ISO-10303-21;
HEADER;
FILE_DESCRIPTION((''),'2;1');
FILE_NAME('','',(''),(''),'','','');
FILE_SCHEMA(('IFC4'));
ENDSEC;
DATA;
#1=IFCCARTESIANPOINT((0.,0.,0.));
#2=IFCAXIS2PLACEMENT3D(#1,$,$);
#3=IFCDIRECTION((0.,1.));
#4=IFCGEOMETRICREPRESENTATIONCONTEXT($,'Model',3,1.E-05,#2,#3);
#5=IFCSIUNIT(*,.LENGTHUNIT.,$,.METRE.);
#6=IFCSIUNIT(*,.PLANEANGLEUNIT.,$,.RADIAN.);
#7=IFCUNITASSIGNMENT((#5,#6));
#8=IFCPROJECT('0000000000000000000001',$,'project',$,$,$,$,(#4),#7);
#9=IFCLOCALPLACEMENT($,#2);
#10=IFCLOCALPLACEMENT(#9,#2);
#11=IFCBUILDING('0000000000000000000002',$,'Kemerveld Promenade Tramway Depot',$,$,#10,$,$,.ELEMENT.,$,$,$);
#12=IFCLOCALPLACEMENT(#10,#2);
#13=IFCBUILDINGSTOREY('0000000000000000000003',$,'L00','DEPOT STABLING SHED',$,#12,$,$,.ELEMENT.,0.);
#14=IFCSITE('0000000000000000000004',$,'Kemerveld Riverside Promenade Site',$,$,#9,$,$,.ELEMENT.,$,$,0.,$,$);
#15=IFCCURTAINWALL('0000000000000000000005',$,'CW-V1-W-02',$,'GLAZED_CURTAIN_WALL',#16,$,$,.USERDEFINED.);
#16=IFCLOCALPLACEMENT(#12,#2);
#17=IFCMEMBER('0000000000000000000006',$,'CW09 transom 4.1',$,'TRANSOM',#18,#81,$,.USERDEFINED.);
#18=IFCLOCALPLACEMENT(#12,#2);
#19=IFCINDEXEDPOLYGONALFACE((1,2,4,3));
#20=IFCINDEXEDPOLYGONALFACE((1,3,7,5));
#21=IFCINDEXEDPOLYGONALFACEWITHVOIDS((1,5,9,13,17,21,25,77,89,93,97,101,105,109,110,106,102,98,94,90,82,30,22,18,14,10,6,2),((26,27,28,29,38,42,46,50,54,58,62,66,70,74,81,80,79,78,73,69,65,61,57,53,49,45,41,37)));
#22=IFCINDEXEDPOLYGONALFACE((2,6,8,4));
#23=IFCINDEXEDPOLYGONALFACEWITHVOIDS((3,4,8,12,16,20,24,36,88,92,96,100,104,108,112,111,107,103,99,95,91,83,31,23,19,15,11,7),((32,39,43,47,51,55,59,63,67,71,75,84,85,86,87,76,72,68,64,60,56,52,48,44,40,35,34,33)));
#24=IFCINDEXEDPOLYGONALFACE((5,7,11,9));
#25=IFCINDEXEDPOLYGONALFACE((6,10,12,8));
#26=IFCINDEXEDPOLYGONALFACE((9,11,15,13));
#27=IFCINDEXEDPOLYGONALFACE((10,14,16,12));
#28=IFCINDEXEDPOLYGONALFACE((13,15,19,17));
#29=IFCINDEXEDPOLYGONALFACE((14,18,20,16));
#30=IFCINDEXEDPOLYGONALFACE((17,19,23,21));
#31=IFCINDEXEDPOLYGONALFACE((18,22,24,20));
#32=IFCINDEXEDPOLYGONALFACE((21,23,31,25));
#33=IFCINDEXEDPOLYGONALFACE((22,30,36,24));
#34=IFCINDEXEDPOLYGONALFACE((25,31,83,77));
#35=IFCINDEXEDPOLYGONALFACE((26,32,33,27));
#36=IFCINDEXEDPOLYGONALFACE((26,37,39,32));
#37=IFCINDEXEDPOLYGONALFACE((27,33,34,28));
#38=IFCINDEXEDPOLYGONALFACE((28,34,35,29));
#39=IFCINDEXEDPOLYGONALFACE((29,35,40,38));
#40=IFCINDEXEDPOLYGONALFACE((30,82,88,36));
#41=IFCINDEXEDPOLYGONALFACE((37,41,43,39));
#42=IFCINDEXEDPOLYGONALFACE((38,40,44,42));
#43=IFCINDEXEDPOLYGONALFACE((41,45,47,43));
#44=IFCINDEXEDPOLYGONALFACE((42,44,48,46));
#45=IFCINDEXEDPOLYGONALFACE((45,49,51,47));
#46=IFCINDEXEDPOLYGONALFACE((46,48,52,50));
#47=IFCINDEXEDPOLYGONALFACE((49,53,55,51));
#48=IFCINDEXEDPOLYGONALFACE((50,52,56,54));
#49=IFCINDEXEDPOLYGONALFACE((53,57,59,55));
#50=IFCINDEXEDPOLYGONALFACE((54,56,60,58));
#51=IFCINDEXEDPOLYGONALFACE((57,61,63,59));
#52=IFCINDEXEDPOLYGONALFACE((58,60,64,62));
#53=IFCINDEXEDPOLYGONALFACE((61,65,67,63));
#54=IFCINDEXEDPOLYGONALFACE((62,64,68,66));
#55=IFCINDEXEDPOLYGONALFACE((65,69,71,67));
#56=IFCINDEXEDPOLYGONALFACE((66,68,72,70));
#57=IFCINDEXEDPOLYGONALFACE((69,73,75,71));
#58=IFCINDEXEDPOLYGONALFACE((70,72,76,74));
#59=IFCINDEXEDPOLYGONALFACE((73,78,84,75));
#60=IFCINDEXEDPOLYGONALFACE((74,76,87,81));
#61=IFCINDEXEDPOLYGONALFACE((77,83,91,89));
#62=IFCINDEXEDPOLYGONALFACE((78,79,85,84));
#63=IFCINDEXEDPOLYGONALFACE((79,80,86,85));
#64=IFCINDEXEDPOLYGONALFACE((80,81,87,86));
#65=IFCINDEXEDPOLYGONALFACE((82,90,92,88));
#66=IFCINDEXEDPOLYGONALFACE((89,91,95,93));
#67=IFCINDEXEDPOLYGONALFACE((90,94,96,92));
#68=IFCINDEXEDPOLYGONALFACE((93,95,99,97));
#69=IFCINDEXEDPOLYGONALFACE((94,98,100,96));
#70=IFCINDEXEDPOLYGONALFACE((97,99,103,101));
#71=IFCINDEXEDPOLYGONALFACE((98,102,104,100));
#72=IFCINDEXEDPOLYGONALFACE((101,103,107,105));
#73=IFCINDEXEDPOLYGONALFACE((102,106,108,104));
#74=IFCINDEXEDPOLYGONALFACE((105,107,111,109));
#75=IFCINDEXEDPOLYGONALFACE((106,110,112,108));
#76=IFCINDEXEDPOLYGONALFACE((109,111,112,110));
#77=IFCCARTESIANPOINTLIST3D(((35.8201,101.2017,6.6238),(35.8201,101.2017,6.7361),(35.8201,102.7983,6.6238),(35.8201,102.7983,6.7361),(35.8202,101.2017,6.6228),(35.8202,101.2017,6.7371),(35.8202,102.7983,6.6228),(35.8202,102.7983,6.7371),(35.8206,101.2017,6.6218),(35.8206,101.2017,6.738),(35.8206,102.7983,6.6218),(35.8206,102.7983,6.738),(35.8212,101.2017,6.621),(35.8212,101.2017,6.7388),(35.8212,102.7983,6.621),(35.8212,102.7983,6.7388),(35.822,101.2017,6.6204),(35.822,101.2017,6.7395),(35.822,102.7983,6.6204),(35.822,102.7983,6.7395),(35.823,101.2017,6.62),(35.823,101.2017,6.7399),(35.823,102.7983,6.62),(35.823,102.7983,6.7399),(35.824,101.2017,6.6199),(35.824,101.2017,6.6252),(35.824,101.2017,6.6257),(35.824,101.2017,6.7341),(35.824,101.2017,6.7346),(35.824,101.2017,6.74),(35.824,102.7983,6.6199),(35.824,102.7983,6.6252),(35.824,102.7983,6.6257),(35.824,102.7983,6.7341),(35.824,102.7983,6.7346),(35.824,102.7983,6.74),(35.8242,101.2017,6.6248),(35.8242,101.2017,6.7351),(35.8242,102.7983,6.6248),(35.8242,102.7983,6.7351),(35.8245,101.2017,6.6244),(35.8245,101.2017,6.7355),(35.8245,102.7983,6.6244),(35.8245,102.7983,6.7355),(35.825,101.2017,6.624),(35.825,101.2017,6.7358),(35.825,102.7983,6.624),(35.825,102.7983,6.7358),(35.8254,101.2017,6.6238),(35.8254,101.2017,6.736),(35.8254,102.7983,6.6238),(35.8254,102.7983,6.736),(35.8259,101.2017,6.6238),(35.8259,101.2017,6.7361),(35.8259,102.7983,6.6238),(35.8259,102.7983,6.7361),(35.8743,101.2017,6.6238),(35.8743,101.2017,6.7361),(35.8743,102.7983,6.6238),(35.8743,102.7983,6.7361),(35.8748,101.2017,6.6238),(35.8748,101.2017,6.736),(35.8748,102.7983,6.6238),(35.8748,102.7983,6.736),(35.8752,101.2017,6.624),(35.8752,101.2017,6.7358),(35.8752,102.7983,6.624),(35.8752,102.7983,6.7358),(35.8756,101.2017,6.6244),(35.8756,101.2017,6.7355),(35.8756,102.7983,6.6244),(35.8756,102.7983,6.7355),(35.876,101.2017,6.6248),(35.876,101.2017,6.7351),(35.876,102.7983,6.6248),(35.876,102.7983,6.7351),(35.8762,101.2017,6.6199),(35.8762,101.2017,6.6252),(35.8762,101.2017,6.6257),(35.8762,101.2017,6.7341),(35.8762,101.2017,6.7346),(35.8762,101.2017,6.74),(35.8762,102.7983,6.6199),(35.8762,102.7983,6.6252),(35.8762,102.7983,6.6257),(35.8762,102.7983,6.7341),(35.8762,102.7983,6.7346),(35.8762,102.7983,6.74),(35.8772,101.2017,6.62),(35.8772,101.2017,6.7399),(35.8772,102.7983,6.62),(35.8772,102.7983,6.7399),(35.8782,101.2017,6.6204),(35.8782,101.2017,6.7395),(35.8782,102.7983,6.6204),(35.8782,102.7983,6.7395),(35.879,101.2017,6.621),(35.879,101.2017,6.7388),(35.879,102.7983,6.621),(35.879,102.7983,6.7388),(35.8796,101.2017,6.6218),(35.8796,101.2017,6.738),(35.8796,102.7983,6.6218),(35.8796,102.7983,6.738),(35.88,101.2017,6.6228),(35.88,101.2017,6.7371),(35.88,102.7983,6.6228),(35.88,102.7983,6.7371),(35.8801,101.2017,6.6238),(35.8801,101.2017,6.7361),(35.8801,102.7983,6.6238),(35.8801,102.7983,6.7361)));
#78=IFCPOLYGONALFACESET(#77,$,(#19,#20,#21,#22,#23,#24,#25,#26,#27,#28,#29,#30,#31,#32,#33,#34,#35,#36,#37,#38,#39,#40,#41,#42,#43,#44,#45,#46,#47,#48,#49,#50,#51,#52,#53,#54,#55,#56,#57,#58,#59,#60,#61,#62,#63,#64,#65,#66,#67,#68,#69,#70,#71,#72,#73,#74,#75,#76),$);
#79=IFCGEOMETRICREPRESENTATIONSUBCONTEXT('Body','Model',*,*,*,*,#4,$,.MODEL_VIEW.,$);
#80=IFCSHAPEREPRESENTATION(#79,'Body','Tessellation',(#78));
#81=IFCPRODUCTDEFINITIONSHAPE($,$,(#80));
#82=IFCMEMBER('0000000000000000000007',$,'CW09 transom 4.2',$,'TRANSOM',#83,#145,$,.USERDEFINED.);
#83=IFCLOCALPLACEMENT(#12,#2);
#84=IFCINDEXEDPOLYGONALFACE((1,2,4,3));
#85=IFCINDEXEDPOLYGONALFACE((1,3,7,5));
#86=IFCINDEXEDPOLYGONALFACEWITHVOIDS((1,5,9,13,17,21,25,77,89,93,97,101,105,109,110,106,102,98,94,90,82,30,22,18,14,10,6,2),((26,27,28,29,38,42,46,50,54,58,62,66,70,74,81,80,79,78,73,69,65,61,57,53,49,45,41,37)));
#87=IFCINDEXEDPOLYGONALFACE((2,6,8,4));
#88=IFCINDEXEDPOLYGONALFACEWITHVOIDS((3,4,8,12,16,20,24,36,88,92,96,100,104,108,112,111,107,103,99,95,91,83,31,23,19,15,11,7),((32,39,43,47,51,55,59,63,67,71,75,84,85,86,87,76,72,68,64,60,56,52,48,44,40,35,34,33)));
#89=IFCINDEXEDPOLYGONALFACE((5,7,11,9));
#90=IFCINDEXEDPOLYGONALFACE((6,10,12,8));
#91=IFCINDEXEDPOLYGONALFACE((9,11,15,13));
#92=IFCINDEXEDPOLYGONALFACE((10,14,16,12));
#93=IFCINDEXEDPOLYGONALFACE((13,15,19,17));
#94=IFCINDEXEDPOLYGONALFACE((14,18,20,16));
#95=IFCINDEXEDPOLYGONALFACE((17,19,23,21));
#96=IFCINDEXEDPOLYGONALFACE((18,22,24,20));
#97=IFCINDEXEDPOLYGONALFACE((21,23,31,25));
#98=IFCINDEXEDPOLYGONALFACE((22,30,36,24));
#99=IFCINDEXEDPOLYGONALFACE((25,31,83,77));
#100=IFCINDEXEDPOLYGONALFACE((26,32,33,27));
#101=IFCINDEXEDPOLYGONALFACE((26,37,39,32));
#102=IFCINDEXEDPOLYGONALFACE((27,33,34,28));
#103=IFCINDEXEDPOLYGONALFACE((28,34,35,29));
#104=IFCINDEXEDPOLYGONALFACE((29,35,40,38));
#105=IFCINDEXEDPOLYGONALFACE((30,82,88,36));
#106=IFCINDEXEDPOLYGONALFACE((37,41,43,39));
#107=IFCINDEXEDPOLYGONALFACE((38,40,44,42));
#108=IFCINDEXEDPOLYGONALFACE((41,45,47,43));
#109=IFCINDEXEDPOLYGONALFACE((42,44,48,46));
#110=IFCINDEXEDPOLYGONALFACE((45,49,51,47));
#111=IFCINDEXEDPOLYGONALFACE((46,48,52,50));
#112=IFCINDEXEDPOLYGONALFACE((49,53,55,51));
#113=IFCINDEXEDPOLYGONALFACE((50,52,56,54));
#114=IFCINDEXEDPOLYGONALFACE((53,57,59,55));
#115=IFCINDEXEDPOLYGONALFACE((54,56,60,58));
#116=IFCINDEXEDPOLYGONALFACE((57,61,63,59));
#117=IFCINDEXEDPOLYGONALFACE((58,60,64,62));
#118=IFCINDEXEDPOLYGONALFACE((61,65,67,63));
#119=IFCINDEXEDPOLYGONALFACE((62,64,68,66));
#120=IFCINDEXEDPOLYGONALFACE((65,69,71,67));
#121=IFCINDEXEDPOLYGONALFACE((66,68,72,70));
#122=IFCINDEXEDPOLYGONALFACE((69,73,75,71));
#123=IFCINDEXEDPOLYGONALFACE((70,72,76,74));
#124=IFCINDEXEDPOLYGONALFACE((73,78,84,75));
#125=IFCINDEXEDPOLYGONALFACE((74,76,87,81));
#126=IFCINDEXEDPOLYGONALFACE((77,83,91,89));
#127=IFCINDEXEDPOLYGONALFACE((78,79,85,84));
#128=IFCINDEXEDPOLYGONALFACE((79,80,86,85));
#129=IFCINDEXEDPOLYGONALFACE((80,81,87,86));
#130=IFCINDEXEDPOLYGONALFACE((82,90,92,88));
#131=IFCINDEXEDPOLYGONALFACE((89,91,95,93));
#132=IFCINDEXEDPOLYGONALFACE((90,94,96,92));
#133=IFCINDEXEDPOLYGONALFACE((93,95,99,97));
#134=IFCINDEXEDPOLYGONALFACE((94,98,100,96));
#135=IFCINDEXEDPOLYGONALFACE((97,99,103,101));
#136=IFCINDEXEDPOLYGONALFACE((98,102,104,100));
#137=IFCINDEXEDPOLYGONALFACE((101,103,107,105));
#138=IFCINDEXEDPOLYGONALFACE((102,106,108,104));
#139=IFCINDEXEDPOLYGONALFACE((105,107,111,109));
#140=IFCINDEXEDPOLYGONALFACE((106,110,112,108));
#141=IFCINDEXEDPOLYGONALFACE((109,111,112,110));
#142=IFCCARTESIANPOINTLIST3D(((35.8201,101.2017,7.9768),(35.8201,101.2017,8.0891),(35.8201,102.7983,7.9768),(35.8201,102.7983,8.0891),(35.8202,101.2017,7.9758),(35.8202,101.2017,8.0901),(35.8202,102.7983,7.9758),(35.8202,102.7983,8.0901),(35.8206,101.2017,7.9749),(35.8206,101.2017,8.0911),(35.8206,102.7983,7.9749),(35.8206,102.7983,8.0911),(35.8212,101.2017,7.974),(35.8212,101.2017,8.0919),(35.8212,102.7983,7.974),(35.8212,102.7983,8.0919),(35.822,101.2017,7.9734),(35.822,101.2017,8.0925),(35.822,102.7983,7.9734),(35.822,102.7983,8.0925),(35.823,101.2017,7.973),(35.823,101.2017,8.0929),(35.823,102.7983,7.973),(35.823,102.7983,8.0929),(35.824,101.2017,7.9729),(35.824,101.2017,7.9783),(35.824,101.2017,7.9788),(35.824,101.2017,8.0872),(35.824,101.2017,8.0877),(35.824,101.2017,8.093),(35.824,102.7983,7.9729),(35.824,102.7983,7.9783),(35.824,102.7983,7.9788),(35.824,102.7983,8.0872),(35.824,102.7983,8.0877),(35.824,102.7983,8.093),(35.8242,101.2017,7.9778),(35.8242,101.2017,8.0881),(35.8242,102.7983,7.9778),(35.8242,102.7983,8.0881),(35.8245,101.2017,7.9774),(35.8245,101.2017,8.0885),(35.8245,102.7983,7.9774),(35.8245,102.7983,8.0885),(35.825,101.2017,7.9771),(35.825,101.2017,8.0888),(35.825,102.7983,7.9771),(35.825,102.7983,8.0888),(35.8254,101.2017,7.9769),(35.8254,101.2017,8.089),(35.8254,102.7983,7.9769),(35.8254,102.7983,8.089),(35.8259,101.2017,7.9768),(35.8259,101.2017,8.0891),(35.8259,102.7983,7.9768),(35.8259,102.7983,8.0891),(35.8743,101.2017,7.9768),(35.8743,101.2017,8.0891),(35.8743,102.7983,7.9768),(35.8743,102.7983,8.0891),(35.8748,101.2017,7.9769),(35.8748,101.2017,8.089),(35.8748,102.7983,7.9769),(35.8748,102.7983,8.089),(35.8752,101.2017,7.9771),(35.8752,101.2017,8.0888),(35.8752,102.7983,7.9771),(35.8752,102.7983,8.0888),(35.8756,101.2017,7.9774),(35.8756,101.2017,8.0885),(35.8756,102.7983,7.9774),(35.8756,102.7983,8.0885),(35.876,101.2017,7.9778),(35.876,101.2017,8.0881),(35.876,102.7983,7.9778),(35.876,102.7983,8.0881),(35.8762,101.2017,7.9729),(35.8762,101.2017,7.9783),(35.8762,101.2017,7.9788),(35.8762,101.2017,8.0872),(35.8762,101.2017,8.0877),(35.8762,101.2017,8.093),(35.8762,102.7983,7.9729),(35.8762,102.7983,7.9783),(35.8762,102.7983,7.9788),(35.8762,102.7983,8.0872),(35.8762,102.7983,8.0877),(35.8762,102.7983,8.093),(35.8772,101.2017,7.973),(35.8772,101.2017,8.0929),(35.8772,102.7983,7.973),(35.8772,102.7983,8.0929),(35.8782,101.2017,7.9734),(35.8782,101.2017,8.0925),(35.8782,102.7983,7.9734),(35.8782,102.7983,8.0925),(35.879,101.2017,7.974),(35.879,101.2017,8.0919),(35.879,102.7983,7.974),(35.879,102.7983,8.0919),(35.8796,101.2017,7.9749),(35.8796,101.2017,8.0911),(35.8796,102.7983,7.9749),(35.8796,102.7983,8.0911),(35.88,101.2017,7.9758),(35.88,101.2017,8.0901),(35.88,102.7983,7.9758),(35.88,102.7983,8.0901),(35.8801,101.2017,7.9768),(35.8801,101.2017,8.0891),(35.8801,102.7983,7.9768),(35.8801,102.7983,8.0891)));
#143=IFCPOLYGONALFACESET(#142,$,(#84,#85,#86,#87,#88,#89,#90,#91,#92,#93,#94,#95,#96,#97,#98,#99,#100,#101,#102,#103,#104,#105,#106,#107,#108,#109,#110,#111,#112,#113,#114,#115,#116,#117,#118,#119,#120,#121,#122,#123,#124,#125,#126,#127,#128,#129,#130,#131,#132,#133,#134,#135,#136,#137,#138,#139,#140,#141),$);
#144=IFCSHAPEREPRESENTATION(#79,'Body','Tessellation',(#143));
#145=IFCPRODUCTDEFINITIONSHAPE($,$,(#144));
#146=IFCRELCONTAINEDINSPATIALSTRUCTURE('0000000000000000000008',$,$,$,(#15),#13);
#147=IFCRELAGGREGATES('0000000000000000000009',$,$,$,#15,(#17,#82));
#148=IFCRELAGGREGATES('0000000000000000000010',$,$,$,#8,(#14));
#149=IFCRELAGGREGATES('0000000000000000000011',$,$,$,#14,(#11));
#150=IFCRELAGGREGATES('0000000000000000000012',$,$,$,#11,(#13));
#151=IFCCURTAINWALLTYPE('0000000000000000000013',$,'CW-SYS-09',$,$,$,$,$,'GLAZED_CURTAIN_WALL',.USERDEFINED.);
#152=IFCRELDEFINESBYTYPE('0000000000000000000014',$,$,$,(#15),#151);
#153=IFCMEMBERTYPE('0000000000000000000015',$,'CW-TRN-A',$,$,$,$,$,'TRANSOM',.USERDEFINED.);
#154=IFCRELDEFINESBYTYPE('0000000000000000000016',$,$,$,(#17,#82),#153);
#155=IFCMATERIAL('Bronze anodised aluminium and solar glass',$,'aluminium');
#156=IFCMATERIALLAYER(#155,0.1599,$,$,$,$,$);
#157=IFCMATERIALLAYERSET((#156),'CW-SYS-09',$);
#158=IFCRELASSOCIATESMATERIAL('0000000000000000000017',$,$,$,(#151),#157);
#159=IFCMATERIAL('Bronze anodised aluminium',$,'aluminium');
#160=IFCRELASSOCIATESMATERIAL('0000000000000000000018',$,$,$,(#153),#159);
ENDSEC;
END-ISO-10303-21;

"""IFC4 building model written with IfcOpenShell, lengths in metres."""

from ifc_helpers import new_model, si_unit, direction, frame, origin, origin_2d, place, context, subcontext, project, spatial, hollow_rectangle, extrude, material, layer, layer_set, material_profile, profile_set, type_object, element, aggregate, save


model = new_model("IFC4")

# Units and contexts
model_context = context("Model", 3, precision=1e-05, world=origin(), true_north=direction((0.0, 1.0)))
body_context = subcontext(model_context, "Body", "Model", "MODEL_VIEW")
ifc_project = project(units=[si_unit("LENGTHUNIT", "METRE"), si_unit("PLANEANGLEUNIT", "RADIAN")], contexts=[model_context])

# Site, building, storey
site_placement = place(None, origin())
site = spatial("IfcSite", under=ifc_project, at=site_placement, Name="Kemerveld Riverside Promenade Site", CompositionType="ELEMENT", RefElevation=0.0)
building_placement = place(site_placement, origin())
building = spatial("IfcBuilding", under=site, at=building_placement, Name="Kemerveld Promenade Tramway Depot", CompositionType="ELEMENT")
storey_placement = place(building_placement, origin())
storey = spatial("IfcBuildingStorey", under=building, at=storey_placement, Name="L00", Description="DEPOT STABLING SHED", CompositionType="ELEMENT", Elevation=0.0)

# Curtain wall
ifc_material_1 = material(Name="Bronze anodised aluminium and solar glass", Category="aluminium")
ifc_layer_1 = layer(ifc_material_1, 0.1599)
ifc_layer_set_1 = layer_set([ifc_layer_1], Name="CW-SYS-09")
curtain_wall_type_1 = type_object("IfcCurtainWallType", Name="CW-SYS-09", ElementType="GLAZED_CURTAIN_WALL", PredefinedType="USERDEFINED", material=ifc_layer_set_1)
curtain_wall_1_placement = place(storey_placement, origin())
curtain_wall_1 = element("IfcCurtainWall", 1, at=curtain_wall_1_placement, inside=storey, type_object=curtain_wall_type_1, Name="CW-V1-W-02", ObjectType="GLAZED_CURTAIN_WALL", PredefinedType="USERDEFINED")
ifc_material_2 = material(Name="Bronze anodised aluminium", Category="aluminium")

# Members
ifc_material_profile_1 = material_profile(ifc_material_2, hollow_rectangle(XDim=0.0601, YDim=0.1201, WallThickness=0.0039, InnerFilletRadius=0.002, OuterFilletRadius=0.0039, at=origin_2d()), Name="CW-TRN-120x60")
ifc_profile_set_1 = profile_set([ifc_material_profile_1], Name="Bronze anodised aluminium")
member_type_1 = type_object("IfcMemberType", Name="CW-TRN-A", ElementType="TRANSOM", PredefinedType="USERDEFINED", material=ifc_profile_set_1)
member_1_placement = place(storey_placement, frame((35.8501, 101.2017, 6.6799), z_axis=(0.0, 1.0, 0.0), x_axis=(-1.0, 0.0, 0.0)))
member_1 = element("IfcMember", 2, at=member_1_placement, type_object=member_type_1, Name="CW09 transom 4.1", ObjectType="TRANSOM", PredefinedType="USERDEFINED", context=body_context, shape_type="SweptSolid", body=[
    extrude(hollow_rectangle(XDim=0.0601, YDim=0.1201, WallThickness=0.0039, InnerFilletRadius=0.002, OuterFilletRadius=0.0039, at=origin_2d()), origin(), (0.0, 0.0, 1.0), 1.5967),
])
member_2_placement = place(storey_placement, frame((35.8501, 101.2017, 8.033), z_axis=(0.0, 1.0, 0.0), x_axis=(-1.0, 0.0, 0.0)))
member_2 = element("IfcMember", 3, at=member_2_placement, type_object=member_type_1, Name="CW09 transom 4.2", ObjectType="TRANSOM", PredefinedType="USERDEFINED", context=body_context, shape_type="SweptSolid", body=[
    extrude(hollow_rectangle(XDim=0.0601, YDim=0.1201, WallThickness=0.0039, InnerFilletRadius=0.002, OuterFilletRadius=0.0039, at=origin_2d()), origin(), (0.0, 0.0, 1.0), 1.5967),
])

aggregate(curtain_wall_1, [member_1, member_2])

save(model, "model.ifc")
